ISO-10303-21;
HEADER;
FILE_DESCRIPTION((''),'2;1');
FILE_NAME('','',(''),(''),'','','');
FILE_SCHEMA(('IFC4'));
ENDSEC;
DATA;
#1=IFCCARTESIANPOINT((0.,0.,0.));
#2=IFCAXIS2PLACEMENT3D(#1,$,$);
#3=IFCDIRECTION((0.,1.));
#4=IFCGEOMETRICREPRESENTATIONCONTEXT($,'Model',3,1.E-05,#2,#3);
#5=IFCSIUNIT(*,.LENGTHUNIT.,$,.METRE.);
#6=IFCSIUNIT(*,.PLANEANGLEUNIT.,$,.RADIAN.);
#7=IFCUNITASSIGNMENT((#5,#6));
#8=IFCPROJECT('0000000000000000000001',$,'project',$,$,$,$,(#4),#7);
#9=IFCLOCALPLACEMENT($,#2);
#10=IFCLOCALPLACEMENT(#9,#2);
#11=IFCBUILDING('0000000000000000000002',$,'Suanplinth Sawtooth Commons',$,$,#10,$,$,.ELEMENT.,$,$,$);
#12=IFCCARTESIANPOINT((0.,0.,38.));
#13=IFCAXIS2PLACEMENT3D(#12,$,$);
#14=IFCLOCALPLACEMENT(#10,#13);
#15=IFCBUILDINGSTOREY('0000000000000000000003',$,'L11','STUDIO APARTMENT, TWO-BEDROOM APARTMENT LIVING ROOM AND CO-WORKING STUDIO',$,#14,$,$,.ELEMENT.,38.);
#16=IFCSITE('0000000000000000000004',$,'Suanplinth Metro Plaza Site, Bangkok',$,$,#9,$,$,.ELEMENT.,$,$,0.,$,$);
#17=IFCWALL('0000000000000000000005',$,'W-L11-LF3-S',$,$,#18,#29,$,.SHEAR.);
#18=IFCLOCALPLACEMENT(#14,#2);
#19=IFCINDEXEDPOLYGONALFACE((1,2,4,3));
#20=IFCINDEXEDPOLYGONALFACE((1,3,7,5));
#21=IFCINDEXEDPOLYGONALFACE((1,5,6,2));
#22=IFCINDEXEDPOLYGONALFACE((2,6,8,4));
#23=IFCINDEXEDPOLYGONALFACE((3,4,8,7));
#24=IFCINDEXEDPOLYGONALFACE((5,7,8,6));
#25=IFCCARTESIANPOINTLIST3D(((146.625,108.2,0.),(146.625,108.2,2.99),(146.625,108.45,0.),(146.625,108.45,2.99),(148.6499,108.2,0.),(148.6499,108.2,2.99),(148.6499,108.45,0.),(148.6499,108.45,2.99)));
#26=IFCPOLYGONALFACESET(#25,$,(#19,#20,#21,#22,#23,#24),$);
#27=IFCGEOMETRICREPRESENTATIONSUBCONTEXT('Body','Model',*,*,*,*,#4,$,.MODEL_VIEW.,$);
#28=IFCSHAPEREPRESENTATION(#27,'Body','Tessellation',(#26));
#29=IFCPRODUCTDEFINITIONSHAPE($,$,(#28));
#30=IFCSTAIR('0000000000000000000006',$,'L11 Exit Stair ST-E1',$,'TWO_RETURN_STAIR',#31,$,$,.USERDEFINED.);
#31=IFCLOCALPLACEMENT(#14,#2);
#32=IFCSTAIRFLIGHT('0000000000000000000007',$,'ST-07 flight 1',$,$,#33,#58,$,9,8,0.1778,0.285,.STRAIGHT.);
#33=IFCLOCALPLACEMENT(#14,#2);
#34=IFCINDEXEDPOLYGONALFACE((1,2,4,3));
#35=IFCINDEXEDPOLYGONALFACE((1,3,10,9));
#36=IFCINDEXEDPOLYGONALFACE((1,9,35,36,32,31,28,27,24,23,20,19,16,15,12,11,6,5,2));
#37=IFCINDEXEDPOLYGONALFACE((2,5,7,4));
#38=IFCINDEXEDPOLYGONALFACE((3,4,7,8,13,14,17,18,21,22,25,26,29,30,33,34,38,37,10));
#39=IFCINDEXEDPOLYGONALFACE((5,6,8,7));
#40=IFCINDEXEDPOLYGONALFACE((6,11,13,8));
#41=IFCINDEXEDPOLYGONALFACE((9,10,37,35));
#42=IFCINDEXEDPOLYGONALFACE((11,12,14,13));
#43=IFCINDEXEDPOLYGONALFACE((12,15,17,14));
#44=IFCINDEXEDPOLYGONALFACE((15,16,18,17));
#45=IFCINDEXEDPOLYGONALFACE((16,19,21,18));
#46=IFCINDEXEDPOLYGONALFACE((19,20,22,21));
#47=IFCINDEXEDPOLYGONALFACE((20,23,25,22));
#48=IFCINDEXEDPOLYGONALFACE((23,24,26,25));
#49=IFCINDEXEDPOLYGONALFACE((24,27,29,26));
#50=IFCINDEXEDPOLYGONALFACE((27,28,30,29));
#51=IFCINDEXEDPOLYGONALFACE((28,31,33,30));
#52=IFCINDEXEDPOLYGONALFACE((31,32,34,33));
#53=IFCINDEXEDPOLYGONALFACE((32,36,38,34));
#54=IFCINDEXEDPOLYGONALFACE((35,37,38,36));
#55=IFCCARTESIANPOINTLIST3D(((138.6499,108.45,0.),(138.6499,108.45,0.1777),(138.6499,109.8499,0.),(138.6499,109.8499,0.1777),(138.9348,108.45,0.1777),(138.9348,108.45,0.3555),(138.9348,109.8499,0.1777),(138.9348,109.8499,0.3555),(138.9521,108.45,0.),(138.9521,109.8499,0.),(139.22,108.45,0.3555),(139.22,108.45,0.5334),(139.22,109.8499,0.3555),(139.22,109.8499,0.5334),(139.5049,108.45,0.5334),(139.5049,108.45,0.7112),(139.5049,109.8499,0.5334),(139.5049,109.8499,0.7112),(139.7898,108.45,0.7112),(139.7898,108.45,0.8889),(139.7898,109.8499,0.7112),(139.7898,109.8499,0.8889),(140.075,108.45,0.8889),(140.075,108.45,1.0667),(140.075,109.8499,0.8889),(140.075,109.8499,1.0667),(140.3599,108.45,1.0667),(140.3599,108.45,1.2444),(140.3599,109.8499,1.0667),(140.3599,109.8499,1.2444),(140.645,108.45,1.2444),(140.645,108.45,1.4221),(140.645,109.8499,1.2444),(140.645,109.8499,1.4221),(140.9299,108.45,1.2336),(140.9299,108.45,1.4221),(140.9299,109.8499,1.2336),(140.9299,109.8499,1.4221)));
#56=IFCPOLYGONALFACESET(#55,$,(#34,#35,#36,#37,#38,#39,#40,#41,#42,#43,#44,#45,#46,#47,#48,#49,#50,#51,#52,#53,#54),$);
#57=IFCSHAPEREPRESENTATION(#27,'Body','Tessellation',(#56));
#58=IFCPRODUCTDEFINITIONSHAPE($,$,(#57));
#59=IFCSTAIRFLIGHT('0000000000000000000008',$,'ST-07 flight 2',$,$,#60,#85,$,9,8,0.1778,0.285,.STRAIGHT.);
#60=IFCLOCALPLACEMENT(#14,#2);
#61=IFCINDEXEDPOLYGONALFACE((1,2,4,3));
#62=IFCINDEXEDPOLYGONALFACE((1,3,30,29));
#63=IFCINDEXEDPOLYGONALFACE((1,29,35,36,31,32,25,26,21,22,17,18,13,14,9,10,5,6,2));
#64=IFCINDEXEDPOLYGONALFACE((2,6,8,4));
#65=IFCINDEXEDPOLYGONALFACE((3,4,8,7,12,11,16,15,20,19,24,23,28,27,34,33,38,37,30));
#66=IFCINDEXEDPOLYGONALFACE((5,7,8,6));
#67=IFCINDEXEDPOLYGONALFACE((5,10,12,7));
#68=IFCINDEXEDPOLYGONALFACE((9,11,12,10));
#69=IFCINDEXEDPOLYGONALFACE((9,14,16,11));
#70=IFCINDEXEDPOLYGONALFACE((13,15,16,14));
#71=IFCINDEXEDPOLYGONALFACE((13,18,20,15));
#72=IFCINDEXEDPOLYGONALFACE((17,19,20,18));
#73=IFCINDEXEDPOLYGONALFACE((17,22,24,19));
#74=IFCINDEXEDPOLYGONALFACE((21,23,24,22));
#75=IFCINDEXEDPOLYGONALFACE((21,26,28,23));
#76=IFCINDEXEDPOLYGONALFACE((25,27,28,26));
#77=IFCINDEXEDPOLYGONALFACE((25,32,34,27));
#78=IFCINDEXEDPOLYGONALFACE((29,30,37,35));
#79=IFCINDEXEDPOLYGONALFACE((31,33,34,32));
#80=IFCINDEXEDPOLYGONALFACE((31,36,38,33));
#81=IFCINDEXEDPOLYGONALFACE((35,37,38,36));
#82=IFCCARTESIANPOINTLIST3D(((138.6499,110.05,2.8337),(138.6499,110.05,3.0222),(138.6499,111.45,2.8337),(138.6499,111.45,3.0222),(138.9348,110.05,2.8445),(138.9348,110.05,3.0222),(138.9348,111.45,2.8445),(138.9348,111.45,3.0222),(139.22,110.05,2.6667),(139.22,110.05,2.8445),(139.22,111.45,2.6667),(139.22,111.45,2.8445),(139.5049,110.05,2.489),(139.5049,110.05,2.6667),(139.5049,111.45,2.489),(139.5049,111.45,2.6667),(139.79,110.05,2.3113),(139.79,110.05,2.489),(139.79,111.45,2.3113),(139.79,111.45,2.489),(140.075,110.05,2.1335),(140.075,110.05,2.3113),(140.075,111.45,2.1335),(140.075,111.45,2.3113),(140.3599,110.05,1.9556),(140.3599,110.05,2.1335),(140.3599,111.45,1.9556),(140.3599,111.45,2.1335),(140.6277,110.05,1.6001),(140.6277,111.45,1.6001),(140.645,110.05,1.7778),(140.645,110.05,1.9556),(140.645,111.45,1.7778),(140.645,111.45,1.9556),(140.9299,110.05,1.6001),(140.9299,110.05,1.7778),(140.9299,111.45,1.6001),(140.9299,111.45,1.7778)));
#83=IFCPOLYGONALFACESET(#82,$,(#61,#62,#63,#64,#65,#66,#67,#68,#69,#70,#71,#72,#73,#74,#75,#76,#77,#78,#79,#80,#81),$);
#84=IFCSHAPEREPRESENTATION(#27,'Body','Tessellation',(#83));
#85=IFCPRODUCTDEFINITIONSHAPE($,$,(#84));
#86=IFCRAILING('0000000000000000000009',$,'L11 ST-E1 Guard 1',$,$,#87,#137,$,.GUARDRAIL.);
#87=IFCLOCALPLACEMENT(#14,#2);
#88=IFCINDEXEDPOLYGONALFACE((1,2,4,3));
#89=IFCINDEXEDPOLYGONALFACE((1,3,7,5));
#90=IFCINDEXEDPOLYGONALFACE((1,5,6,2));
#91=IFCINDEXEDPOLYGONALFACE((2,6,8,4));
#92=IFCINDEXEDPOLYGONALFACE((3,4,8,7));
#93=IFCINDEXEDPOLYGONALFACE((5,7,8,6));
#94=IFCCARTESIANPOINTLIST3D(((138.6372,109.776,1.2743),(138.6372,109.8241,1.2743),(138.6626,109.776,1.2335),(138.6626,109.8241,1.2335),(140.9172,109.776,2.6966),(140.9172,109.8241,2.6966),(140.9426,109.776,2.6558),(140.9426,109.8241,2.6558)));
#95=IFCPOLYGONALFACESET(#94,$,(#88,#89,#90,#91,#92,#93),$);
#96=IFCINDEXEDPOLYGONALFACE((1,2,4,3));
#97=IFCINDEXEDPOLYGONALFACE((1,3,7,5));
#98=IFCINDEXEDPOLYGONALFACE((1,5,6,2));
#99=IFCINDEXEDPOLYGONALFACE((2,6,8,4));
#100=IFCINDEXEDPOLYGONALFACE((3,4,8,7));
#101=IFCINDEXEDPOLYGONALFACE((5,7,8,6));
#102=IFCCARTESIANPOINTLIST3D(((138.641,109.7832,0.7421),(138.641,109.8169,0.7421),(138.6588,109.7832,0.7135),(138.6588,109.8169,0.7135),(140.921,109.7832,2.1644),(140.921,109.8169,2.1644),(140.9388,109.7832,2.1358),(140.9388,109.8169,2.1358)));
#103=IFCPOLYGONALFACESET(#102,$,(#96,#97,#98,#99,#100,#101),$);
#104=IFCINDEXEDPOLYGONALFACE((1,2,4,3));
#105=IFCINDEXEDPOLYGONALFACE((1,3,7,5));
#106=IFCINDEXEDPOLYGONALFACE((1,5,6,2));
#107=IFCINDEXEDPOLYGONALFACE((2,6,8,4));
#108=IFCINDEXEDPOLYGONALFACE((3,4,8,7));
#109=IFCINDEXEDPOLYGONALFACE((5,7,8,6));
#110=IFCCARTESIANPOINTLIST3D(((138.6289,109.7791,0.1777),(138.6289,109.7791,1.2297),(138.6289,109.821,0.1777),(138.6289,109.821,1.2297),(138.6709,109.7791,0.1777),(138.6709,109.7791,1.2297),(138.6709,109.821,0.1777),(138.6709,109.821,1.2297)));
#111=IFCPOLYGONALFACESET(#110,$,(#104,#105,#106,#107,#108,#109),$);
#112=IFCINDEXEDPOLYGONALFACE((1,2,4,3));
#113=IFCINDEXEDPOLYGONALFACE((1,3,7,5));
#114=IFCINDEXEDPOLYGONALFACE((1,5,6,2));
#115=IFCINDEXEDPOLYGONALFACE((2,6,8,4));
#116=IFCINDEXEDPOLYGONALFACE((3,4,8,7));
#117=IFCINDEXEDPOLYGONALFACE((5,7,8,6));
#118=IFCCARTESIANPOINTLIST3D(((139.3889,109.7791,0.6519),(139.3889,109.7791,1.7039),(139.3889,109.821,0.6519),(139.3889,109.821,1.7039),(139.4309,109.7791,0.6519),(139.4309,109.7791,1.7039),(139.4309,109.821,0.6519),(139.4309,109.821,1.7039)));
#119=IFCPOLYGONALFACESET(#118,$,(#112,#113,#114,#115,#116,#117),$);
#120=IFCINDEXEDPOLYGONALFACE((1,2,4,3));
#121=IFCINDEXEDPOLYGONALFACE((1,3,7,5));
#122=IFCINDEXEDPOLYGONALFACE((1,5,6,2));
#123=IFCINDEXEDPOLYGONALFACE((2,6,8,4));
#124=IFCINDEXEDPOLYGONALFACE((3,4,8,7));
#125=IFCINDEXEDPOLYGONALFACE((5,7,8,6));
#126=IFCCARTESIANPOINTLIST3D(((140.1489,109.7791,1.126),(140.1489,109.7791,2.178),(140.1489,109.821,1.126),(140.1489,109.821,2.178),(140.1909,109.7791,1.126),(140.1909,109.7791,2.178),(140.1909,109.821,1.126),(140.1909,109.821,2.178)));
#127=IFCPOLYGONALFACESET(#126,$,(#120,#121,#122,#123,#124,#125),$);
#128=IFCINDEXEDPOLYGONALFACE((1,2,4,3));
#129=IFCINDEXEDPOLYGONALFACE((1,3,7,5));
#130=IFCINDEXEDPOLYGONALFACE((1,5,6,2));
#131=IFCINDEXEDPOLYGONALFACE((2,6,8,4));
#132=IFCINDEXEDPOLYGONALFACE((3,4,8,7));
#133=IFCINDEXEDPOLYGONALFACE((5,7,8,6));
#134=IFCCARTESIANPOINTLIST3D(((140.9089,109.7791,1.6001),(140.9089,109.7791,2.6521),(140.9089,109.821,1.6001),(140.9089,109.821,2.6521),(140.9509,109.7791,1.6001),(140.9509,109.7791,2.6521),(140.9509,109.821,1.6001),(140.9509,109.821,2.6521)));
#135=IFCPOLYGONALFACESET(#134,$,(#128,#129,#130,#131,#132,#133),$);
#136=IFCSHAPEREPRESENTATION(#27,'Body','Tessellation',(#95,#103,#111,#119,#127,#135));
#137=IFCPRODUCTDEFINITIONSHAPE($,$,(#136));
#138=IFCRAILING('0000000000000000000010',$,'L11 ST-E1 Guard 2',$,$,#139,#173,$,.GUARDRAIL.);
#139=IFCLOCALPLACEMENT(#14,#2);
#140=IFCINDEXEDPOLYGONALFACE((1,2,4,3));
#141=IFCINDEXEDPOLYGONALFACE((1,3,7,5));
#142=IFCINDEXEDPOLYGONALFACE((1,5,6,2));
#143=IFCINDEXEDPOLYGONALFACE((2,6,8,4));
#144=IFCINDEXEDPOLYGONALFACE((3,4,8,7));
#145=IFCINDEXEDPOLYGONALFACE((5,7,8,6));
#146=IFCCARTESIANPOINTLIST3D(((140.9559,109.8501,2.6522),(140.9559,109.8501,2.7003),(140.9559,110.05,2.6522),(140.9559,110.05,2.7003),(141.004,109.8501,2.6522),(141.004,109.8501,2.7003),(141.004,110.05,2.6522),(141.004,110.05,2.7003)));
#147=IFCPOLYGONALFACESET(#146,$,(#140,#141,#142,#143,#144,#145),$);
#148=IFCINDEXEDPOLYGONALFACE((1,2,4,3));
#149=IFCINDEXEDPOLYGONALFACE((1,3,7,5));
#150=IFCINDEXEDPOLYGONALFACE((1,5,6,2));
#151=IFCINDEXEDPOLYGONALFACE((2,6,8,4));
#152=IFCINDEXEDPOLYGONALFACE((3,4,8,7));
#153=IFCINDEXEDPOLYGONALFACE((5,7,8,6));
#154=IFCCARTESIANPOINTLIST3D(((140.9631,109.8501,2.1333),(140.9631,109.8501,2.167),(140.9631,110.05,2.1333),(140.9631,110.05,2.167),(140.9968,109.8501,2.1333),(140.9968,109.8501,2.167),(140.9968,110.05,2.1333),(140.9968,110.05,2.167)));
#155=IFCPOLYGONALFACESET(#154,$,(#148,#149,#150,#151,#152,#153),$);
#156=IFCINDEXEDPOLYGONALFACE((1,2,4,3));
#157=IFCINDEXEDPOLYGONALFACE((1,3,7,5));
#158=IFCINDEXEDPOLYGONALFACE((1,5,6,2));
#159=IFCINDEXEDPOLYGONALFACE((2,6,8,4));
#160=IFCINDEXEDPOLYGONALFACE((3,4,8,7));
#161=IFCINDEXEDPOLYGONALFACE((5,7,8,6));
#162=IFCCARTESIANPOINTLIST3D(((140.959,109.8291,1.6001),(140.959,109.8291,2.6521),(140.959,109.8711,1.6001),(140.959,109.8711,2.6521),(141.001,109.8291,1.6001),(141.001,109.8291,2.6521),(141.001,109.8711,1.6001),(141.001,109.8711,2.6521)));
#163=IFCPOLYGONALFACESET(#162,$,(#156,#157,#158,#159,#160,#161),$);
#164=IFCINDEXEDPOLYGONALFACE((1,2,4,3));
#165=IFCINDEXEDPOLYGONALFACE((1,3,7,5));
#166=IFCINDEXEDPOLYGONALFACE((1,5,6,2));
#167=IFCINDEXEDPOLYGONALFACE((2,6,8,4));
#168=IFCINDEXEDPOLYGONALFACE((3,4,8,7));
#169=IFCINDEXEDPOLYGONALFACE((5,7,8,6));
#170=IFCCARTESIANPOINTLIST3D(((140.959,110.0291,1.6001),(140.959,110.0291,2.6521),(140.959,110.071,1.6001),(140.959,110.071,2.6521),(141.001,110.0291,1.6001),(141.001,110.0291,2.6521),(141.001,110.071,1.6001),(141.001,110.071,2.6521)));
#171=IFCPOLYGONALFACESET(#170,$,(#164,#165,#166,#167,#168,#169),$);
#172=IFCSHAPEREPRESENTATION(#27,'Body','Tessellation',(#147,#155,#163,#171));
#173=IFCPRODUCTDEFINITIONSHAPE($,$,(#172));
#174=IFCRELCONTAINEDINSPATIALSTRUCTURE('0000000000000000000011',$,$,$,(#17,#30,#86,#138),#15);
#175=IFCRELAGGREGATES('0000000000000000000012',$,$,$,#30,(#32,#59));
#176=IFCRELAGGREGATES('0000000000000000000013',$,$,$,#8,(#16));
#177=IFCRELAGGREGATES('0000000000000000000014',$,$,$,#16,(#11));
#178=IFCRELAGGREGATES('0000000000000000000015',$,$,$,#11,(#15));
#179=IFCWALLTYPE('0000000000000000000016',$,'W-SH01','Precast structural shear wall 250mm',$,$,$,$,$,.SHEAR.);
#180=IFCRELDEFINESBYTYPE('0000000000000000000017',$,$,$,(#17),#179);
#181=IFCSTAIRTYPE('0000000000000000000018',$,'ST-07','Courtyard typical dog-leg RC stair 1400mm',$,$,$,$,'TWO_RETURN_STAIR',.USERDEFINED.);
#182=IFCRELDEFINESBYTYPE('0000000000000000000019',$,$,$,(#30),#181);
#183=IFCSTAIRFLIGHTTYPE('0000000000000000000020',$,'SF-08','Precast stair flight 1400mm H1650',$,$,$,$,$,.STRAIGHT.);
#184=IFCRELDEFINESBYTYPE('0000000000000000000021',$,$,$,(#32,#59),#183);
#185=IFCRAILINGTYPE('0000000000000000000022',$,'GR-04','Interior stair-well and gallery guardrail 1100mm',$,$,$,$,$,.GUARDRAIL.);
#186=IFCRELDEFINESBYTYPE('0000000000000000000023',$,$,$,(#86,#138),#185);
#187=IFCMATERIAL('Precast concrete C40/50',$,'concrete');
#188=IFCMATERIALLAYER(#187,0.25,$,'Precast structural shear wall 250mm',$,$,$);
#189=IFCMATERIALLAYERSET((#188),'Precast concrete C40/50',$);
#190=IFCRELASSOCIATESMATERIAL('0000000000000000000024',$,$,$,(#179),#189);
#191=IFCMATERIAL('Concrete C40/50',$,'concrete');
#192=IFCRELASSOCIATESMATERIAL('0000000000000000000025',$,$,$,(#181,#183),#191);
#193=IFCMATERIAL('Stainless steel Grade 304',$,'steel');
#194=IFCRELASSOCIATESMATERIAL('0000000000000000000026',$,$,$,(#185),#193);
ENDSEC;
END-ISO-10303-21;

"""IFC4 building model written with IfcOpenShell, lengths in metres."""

from ifc_helpers import new_model, si_unit, direction, frame, frame_2d, origin, origin_2d, place, context, subcontext, project, spatial, polyline, rectangle, outline, extrude, material, layer, layer_set, type_object, element, aggregate, save


model = new_model("IFC4")

# Units and contexts
model_context = context("Model", 3, precision=1e-05, world=origin(), true_north=direction((0.0, 1.0)))
body_context = subcontext(model_context, "Body", "Model", "MODEL_VIEW")
ifc_project = project(units=[si_unit("LENGTHUNIT", "METRE"), si_unit("PLANEANGLEUNIT", "RADIAN")], contexts=[model_context])

# Site, building, storey
site_placement = place(None, origin())
site = spatial("IfcSite", under=ifc_project, at=site_placement, Name="Suanplinth Metro Plaza Site, Bangkok", CompositionType="ELEMENT", RefElevation=0.0)
building_placement = place(site_placement, origin())
building = spatial("IfcBuilding", under=site, at=building_placement, Name="Suanplinth Sawtooth Commons", CompositionType="ELEMENT")
storey_placement = place(building_placement, frame((0.0, 0.0, 38.0)))
storey = spatial("IfcBuildingStorey", under=building, at=storey_placement, Name="L11", Description="STUDIO APARTMENT, TWO-BEDROOM APARTMENT LIVING ROOM AND CO-WORKING STUDIO", CompositionType="ELEMENT", Elevation=38.0)

# Shared definitions
ifc_material_1 = material(Name="Precast concrete C40/50", Category="concrete")

# Shared definitions
ifc_material_2 = material(Name="Concrete C40/50", Category="concrete")

# Shared definitions
ifc_layer_1 = layer(ifc_material_1, 0.25, Name="Precast structural shear wall 250mm")
ifc_layer_set_1 = layer_set([ifc_layer_1], Name="Precast concrete C40/50")
wall_type_1 = type_object("IfcWallType", Name="W-SH01", Description="Precast structural shear wall 250mm", PredefinedType="SHEAR", material=ifc_layer_set_1)

# Shared definitions
ifc_material_3 = material(Name="Stainless steel Grade 304", Category="steel")

# Wall
wall_1_placement = place(storey_placement, frame((146.625, 108.325, 0.0), z_axis=(0.0, 0.0, 1.0), x_axis=(1.0, 0.0, 0.0)))
element("IfcWall", 1, at=wall_1_placement, inside=storey, type_object=wall_type_1, Name="W-L11-LF3-S", PredefinedType="SHEAR", context=body_context, shape_type="SweptSolid", body=[
    extrude(rectangle(XDim=2.0249, YDim=0.25, at=frame_2d((1.0125, 0.0))), origin(), (0.0, 0.0, 1.0), 2.99),
])

# Stair, stair flights
stair_type = type_object("IfcStairType", Name="ST-07", Description="Courtyard typical dog-leg RC stair 1400mm", ElementType="TWO_RETURN_STAIR", PredefinedType="USERDEFINED", material=ifc_material_2)
stair_placement = place(storey_placement, origin())
stair = element("IfcStair", 2, at=stair_placement, inside=storey, type_object=stair_type, Name="L11 Exit Stair ST-E1", ObjectType="TWO_RETURN_STAIR", PredefinedType="USERDEFINED")
stair_flight_type = type_object("IfcStairFlightType", Name="SF-08", Description="Precast stair flight 1400mm H1650", PredefinedType="STRAIGHT", material=ifc_material_2)
stair_flight_1_placement = place(storey_placement, frame((138.6499, 109.1499, 0.0), z_axis=(0.0, 0.0, 1.0), x_axis=(1.0, 0.0, 0.0)))
stair_flight_1 = element("IfcStairFlight", 3, at=stair_flight_1_placement, type_object=stair_flight_type, Name="ST-07 flight 1", NumberOfRisers=9, NumberOfTreads=8, PredefinedType="STRAIGHT", RiserHeight=0.1778, TreadLength=0.285, context=body_context, shape_type="SweptSolid", body=[
    extrude(outline(polyline([(0.0, 0.0), (0.0, 0.1777), (0.2849, 0.1777), (0.2849, 0.3555), (0.5701, 0.3555), (0.5701, 0.5334), (0.855, 0.5334), (0.855, 0.7112), (1.1399, 0.7112), (1.1399, 0.8889), (1.425, 0.8889), (1.425, 1.0667), (1.71, 1.0667), (1.71, 1.2444), (1.9951, 1.2444), (1.9951, 1.4221), (2.28, 1.4221), (2.28, 1.6001), (2.28, 1.2336), (0.3022, 0.0), (0.0, 0.0)])), frame((0.0, 0.7, 0.0), z_axis=(0.0, -1.0, 0.0), x_axis=(1.0, 0.0, 0.0)), (0.0, 0.0, 1.0), 1.3999),
])
stair_flight_2_placement = place(storey_placement, frame((140.9299, 110.75, 1.6001), z_axis=(0.0, 0.0, 1.0), x_axis=(-1.0, 0.0, 0.0)))
stair_flight_2 = element("IfcStairFlight", 4, at=stair_flight_2_placement, type_object=stair_flight_type, Name="ST-07 flight 2", NumberOfRisers=9, NumberOfTreads=8, PredefinedType="STRAIGHT", RiserHeight=0.1778, TreadLength=0.285, context=body_context, shape_type="SweptSolid", body=[
    extrude(outline(polyline([(0.0, 0.0), (0.0, 0.1777), (0.2849, 0.1777), (0.2849, 0.3555), (0.5701, 0.3555), (0.5701, 0.5334), (0.855, 0.5334), (0.855, 0.7112), (1.1399, 0.7112), (1.1399, 0.8889), (1.425, 0.8889), (1.425, 1.0667), (1.71, 1.0667), (1.71, 1.2444), (1.9951, 1.2444), (1.9951, 1.4221), (2.28, 1.4221), (2.28, 1.6001), (2.28, 1.2336), (0.3022, 0.0), (0.0, 0.0)])), frame((0.0, 0.7, 0.0), z_axis=(0.0, -1.0, 0.0), x_axis=(1.0, 0.0, 0.0)), (0.0, 0.0, 1.0), 1.3999),
])
aggregate(stair, [stair_flight_1, stair_flight_2])

# Railings
railing_type_1 = type_object("IfcRailingType", Name="GR-04", Description="Interior stair-well and gallery guardrail 1100mm", PredefinedType="GUARDRAIL", material=ifc_material_3)
railing_1_placement = place(storey_placement, frame((138.6499, 109.8, 0.1777)))
element("IfcRailing", 5, at=railing_1_placement, inside=storey, type_object=railing_type_1, Name="L11 ST-E1 Guard 1", PredefinedType="GUARDRAIL", context=body_context, shape_type="SweptSolid", body=[
    extrude(rectangle(XDim=0.0481, YDim=0.0481, at=origin_2d()), frame((0.0, 0.0, 1.0762), z_axis=(0.848442, 0.0, 0.529288), x_axis=(0.0, 1.0, 0.0)), (0.0, 0.0, 1.0), 2.6873),
    extrude(rectangle(XDim=0.0337, YDim=0.0337, at=origin_2d()), frame((0.0, 0.0, 0.55), z_axis=(0.848442, 0.0, 0.529288), x_axis=(0.0, 1.0, 0.0)), (0.0, 0.0, 1.0), 2.6873),
    extrude(rectangle(XDim=0.042, YDim=0.042, at=origin_2d()), origin(), (0.0, 0.0, 1.0), 1.052),
    extrude(rectangle(XDim=0.042, YDim=0.042, at=origin_2d()), frame((0.76, 0.0, 0.4741)), (0.0, 0.0, 1.0), 1.052),
    extrude(rectangle(XDim=0.042, YDim=0.042, at=origin_2d()), frame((1.52, 0.0, 0.9482)), (0.0, 0.0, 1.0), 1.052),
    extrude(rectangle(XDim=0.042, YDim=0.042, at=origin_2d()), frame((2.28, 0.0, 1.4224)), (0.0, 0.0, 1.0), 1.052),
])
railing_2_placement = place(storey_placement, frame((140.98, 109.8501, 1.6001)))
element("IfcRailing", 6, at=railing_2_placement, inside=storey, type_object=railing_type_1, Name="L11 ST-E1 Guard 2", PredefinedType="GUARDRAIL", context=body_context, shape_type="SweptSolid", body=[
    extrude(rectangle(XDim=0.0481, YDim=0.0481, at=origin_2d()), frame((0.0, 0.0, 1.0762), z_axis=(0.0, 1.0, 0.0), x_axis=(-1.0, 0.0, 0.0)), (0.0, 0.0, 1.0), 0.2),
    extrude(rectangle(XDim=0.0337, YDim=0.0337, at=origin_2d()), frame((0.0, 0.0, 0.55), z_axis=(0.0, 1.0, 0.0), x_axis=(-1.0, 0.0, 0.0)), (0.0, 0.0, 1.0), 0.2),
    extrude(rectangle(XDim=0.042, YDim=0.042, at=origin_2d()), origin(), (0.0, 0.0, 1.0), 1.052),
    extrude(rectangle(XDim=0.042, YDim=0.042, at=origin_2d()), frame((0.0, 0.2, 0.0)), (0.0, 0.0, 1.0), 1.052),
])

save(model, "model.ifc")
